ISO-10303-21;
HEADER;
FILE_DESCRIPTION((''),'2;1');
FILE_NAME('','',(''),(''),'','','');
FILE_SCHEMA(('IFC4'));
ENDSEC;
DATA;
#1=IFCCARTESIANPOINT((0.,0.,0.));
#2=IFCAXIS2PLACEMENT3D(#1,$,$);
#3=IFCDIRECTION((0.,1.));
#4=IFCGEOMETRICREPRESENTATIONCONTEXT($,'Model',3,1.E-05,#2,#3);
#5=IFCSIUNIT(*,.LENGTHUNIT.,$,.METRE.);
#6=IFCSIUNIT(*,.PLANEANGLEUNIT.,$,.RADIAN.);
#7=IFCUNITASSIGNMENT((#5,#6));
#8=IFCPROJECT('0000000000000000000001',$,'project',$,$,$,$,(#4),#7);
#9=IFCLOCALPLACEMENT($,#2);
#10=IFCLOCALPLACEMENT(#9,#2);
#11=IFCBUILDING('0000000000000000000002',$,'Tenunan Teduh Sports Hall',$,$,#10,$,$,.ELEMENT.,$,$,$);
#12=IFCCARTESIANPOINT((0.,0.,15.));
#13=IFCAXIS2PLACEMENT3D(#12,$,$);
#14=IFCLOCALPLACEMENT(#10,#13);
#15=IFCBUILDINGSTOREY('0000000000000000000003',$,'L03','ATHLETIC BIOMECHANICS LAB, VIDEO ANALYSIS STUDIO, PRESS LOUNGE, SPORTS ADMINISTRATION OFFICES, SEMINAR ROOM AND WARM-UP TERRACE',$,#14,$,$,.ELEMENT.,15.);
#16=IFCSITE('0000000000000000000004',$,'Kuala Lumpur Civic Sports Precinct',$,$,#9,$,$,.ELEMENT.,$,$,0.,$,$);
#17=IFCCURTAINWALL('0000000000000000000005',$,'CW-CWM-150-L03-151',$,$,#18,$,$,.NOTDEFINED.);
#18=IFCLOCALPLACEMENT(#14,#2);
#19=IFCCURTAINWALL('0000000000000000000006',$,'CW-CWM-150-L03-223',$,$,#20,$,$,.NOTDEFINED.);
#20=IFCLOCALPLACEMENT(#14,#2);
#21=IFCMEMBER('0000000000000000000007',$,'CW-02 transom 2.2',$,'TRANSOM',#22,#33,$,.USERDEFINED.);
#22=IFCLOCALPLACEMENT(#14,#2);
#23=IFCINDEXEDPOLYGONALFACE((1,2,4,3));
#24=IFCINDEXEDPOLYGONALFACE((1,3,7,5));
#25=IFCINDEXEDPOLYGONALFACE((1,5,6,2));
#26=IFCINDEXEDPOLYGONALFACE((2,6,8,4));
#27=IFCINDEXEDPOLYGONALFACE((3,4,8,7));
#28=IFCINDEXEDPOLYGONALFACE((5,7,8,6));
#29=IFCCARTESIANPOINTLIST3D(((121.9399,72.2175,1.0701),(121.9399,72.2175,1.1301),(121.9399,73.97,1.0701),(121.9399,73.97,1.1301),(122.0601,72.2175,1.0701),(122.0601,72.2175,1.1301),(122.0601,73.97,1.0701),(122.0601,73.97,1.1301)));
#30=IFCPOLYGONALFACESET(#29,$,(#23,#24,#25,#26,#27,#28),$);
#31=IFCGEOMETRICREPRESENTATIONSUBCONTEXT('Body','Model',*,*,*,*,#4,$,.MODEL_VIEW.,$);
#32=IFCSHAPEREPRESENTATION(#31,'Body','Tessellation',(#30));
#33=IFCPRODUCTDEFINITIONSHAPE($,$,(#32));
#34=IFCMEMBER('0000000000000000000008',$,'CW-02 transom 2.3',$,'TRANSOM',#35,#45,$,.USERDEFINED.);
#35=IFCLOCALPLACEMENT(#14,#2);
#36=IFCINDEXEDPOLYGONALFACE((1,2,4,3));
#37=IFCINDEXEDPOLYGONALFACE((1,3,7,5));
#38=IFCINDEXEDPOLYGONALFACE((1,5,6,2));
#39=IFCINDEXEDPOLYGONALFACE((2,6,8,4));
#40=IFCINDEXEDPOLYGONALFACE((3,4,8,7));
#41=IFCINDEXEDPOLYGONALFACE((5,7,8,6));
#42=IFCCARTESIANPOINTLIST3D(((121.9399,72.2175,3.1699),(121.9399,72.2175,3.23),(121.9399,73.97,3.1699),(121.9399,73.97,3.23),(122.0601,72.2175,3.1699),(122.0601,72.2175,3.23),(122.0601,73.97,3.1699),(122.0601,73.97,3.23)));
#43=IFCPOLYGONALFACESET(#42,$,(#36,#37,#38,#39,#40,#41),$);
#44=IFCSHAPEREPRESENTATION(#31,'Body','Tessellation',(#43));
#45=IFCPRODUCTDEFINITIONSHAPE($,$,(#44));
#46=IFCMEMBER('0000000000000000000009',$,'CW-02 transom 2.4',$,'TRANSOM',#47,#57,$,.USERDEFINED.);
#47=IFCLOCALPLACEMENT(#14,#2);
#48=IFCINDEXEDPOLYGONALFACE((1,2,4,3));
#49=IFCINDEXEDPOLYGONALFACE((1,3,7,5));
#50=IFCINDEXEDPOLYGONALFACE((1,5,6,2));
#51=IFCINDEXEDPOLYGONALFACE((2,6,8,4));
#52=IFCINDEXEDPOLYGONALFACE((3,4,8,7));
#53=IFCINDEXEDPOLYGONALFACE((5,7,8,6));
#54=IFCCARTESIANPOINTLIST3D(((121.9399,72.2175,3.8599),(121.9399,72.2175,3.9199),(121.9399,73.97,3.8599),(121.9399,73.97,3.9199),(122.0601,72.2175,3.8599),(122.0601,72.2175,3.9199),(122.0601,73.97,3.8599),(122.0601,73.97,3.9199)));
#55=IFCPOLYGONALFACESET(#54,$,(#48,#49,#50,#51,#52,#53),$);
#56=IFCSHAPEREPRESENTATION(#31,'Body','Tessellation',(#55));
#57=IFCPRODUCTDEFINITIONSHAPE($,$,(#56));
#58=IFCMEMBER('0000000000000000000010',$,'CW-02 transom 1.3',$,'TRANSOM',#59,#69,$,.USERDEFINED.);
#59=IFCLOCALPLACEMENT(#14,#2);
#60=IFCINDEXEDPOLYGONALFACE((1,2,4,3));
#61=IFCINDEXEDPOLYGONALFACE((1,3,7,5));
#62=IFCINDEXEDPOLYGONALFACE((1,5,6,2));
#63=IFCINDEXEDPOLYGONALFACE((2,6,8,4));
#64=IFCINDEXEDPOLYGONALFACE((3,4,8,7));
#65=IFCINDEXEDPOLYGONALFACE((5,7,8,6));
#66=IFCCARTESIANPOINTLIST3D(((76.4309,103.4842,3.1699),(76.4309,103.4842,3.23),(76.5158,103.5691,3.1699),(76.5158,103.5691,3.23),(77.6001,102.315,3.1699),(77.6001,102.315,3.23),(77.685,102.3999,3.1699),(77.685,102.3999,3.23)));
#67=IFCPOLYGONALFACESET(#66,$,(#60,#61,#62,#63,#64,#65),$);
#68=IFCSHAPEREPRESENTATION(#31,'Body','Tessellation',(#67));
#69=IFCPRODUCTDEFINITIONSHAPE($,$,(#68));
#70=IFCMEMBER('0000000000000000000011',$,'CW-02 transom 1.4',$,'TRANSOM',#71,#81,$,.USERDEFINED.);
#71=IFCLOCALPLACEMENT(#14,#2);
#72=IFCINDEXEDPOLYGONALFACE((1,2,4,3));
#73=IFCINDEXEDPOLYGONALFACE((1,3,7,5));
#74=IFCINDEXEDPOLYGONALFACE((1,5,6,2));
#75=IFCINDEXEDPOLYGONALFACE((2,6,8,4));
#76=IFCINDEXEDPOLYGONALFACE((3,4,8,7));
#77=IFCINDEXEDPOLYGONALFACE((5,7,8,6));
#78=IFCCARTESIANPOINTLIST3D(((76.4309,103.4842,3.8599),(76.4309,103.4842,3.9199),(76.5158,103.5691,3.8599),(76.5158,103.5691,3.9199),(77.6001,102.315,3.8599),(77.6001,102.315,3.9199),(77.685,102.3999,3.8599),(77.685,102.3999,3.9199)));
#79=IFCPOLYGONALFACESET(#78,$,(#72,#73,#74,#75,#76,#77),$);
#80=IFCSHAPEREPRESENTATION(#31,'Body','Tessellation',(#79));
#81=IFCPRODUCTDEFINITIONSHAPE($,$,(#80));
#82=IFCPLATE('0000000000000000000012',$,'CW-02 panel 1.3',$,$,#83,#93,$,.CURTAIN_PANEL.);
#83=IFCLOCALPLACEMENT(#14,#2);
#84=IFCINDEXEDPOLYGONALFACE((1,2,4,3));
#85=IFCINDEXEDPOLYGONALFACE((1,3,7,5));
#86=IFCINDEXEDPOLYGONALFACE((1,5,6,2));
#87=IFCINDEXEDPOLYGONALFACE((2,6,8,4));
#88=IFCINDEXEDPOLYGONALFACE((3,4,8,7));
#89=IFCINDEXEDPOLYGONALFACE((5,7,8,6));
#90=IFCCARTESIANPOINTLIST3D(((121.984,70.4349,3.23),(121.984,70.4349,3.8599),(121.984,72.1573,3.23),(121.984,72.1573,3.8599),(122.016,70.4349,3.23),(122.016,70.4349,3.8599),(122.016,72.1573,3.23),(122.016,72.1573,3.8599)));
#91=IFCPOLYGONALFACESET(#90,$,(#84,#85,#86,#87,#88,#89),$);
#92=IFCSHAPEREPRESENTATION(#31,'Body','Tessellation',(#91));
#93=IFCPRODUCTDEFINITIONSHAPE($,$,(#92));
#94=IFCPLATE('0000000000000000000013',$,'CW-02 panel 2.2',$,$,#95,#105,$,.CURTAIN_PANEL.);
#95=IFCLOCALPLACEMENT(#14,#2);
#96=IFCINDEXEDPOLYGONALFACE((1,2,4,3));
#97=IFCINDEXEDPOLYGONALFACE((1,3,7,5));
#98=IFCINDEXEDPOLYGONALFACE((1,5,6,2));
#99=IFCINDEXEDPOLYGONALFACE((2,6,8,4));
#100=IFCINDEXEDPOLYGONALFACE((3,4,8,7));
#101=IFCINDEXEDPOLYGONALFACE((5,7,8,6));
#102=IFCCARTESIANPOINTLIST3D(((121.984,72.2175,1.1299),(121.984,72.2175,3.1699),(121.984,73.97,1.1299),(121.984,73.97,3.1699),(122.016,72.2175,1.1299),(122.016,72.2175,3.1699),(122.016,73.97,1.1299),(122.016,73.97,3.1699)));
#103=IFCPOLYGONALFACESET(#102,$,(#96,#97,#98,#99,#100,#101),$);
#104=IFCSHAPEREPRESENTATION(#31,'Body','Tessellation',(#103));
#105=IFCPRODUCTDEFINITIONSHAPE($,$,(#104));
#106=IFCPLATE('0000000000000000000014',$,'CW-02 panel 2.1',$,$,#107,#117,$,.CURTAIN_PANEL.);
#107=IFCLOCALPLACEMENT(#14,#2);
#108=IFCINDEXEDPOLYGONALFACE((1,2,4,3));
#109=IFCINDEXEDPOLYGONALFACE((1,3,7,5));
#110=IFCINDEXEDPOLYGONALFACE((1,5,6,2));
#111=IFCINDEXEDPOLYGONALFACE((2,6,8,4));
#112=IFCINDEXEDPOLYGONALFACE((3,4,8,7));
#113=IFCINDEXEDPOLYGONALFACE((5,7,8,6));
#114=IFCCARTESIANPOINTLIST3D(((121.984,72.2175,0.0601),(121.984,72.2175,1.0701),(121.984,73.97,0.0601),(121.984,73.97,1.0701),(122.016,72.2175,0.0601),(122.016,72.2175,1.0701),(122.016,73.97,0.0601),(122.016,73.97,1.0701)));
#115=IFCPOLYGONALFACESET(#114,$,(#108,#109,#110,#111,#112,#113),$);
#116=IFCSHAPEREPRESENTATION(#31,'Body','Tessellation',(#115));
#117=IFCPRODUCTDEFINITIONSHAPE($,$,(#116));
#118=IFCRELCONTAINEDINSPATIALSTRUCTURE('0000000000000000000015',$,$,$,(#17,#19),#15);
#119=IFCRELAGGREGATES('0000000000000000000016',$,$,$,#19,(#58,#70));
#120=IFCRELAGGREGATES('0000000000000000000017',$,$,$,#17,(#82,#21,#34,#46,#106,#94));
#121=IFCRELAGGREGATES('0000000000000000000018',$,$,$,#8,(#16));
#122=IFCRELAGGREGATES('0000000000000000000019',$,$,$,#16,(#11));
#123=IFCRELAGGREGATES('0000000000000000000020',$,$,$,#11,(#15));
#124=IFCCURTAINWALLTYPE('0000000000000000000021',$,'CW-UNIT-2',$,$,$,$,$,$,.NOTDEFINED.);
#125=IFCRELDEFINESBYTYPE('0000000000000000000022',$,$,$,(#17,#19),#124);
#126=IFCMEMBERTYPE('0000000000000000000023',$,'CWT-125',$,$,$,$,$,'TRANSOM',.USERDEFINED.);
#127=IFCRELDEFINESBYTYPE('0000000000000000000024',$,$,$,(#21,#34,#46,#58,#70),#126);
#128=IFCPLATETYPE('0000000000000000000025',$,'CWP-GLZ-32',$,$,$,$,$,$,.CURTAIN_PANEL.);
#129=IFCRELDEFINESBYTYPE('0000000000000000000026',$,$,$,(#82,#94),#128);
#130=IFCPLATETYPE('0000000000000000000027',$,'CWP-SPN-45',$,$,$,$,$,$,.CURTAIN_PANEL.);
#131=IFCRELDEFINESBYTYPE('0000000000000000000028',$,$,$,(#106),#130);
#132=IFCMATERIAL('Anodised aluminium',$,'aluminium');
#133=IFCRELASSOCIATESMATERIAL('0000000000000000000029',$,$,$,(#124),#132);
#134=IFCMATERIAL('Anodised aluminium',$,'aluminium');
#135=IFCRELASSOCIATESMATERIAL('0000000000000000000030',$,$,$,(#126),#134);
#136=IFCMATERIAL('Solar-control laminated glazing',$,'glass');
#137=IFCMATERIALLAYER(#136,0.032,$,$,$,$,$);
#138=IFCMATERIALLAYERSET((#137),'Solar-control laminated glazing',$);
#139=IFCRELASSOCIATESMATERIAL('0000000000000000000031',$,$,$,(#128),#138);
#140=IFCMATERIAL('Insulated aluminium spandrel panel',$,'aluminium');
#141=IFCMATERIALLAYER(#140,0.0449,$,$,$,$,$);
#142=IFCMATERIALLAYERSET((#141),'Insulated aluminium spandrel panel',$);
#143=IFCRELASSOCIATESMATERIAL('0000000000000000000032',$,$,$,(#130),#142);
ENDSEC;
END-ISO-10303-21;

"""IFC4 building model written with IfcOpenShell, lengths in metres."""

from ifc_helpers import new_model, si_unit, direction, frame, origin, origin_2d, place, context, subcontext, project, spatial, rectangle, extrude, material, layer, layer_set, material_profile, profile_set, type_object, element, aggregate, save


model = new_model("IFC4")

# Units and contexts
model_context = context("Model", 3, precision=1e-05, world=origin(), true_north=direction((0.0, 1.0)))
body_context = subcontext(model_context, "Body", "Model", "MODEL_VIEW")
ifc_project = project(units=[si_unit("LENGTHUNIT", "METRE"), si_unit("PLANEANGLEUNIT", "RADIAN")], contexts=[model_context])

# Site, building, storey
site_placement = place(None, origin())
site = spatial("IfcSite", under=ifc_project, at=site_placement, Name="Kuala Lumpur Civic Sports Precinct", CompositionType="ELEMENT", RefElevation=0.0)
building_placement = place(site_placement, origin())
building = spatial("IfcBuilding", under=site, at=building_placement, Name="Tenunan Teduh Sports Hall", CompositionType="ELEMENT")
storey_placement = place(building_placement, frame((0.0, 0.0, 15.0)))
storey = spatial("IfcBuildingStorey", under=building, at=storey_placement, Name="L03", Description="ATHLETIC BIOMECHANICS LAB, VIDEO ANALYSIS STUDIO, PRESS LOUNGE, SPORTS ADMINISTRATION OFFICES, SEMINAR ROOM AND WARM-UP TERRACE", CompositionType="ELEMENT", Elevation=15.0)

# Curtain walls
ifc_material_1 = material(Name="Anodised aluminium", Category="aluminium")
curtain_wall_type = type_object("IfcCurtainWallType", Name="CW-UNIT-2", PredefinedType="NOTDEFINED", material=ifc_material_1)
curtain_wall_1_placement = place(storey_placement, origin())
curtain_wall_1 = element("IfcCurtainWall", 1, at=curtain_wall_1_placement, inside=storey, type_object=curtain_wall_type, Name="CW-CWM-150-L03-151", PredefinedType="NOTDEFINED")
curtain_wall_2_placement = place(storey_placement, origin())
curtain_wall_2 = element("IfcCurtainWall", 2, at=curtain_wall_2_placement, inside=storey, type_object=curtain_wall_type, Name="CW-CWM-150-L03-223", PredefinedType="NOTDEFINED")

# Members
ifc_material_2 = material(Name="Anodised aluminium", Category="aluminium")
ifc_material_profile_1 = material_profile(ifc_material_2, rectangle(XDim=0.0601, YDim=0.1201, at=origin_2d()), Name="CWT 60x120")
ifc_profile_set_1 = profile_set([ifc_material_profile_1], Name="Anodised aluminium")
member_type_1 = type_object("IfcMemberType", Name="CWT-125", ElementType="TRANSOM", PredefinedType="USERDEFINED", material=ifc_profile_set_1)
member_1_placement = place(storey_placement, frame((122.0, 72.2175, 1.1001), z_axis=(0.0, 1.0, 0.0), x_axis=(0.0, 0.0, 1.0)))
member_1 = element("IfcMember", 3, at=member_1_placement, type_object=member_type_1, Name="CW-02 transom 2.2", ObjectType="TRANSOM", PredefinedType="USERDEFINED", context=body_context, shape_type="SweptSolid", body=[
    extrude(rectangle(XDim=0.0601, YDim=0.1201, at=origin_2d()), origin(), (0.0, 0.0, 1.0), 1.7524),
])
member_2_placement = place(storey_placement, frame((122.0, 72.2175, 3.2), z_axis=(0.0, 1.0, 0.0), x_axis=(0.0, 0.0, 1.0)))
member_2 = element("IfcMember", 4, at=member_2_placement, type_object=member_type_1, Name="CW-02 transom 2.3", ObjectType="TRANSOM", PredefinedType="USERDEFINED", context=body_context, shape_type="SweptSolid", body=[
    extrude(rectangle(XDim=0.0601, YDim=0.1201, at=origin_2d()), origin(), (0.0, 0.0, 1.0), 1.7524),
])
member_3_placement = place(storey_placement, frame((122.0, 72.2175, 3.8899), z_axis=(0.0, 1.0, 0.0), x_axis=(0.0, 0.0, 1.0)))
member_3 = element("IfcMember", 5, at=member_3_placement, type_object=member_type_1, Name="CW-02 transom 2.4", ObjectType="TRANSOM", PredefinedType="USERDEFINED", context=body_context, shape_type="SweptSolid", body=[
    extrude(rectangle(XDim=0.0601, YDim=0.1201, at=origin_2d()), origin(), (0.0, 0.0, 1.0), 1.7524),
])
member_4_placement = place(storey_placement, frame((77.6426, 102.3574, 3.2), z_axis=(-0.707107, 0.707107, 0.0), x_axis=(0.0, 0.0, 1.0)))
member_4 = element("IfcMember", 6, at=member_4_placement, type_object=member_type_1, Name="CW-02 transom 1.3", ObjectType="TRANSOM", PredefinedType="USERDEFINED", context=body_context, shape_type="SweptSolid", body=[
    extrude(rectangle(XDim=0.0601, YDim=0.1201, at=origin_2d()), origin(), (0.0, 0.0, 1.0), 1.6536),
])
member_5_placement = place(storey_placement, frame((77.6426, 102.3574, 3.8899), z_axis=(-0.707107, 0.707107, 0.0), x_axis=(0.0, 0.0, 1.0)))
member_5 = element("IfcMember", 7, at=member_5_placement, type_object=member_type_1, Name="CW-02 transom 1.4", ObjectType="TRANSOM", PredefinedType="USERDEFINED", context=body_context, shape_type="SweptSolid", body=[
    extrude(rectangle(XDim=0.0601, YDim=0.1201, at=origin_2d()), origin(), (0.0, 0.0, 1.0), 1.6536),
])
aggregate(curtain_wall_2, [member_4, member_5])

# Plates
ifc_material_3 = material(Name="Solar-control laminated glazing", Category="glass")
ifc_layer_1 = layer(ifc_material_3, 0.032)
ifc_layer_set_1 = layer_set([ifc_layer_1], Name="Solar-control laminated glazing")
plate_type_1 = type_object("IfcPlateType", Name="CWP-GLZ-32", PredefinedType="CURTAIN_PANEL", material=ifc_layer_set_1)
plate_1_placement = place(storey_placement, frame((122.0, 71.2961, 3.23), z_axis=(0.0, 0.0, 1.0), x_axis=(0.0, 1.0, 0.0)))
plate_1 = element("IfcPlate", 8, at=plate_1_placement, type_object=plate_type_1, Name="CW-02 panel 1.3", PredefinedType="CURTAIN_PANEL", context=body_context, shape_type="SweptSolid", body=[
    extrude(rectangle(XDim=1.7224, YDim=0.032, at=origin_2d()), origin(), (0.0, 0.0, 1.0), 0.6299),
])
plate_2_placement = place(storey_placement, frame((122.0, 73.0938, 1.1299), z_axis=(0.0, 0.0, 1.0), x_axis=(0.0, 1.0, 0.0)))
plate_2 = element("IfcPlate", 9, at=plate_2_placement, type_object=plate_type_1, Name="CW-02 panel 2.2", PredefinedType="CURTAIN_PANEL", context=body_context, shape_type="SweptSolid", body=[
    extrude(rectangle(XDim=1.7524, YDim=0.032, at=origin_2d()), origin(), (0.0, 0.0, 1.0), 2.04),
])
ifc_material_4 = material(Name="Insulated aluminium spandrel panel", Category="aluminium")
ifc_layer_2 = layer(ifc_material_4, 0.0449)
ifc_layer_set_2 = layer_set([ifc_layer_2], Name="Insulated aluminium spandrel panel")
plate_type_2 = type_object("IfcPlateType", Name="CWP-SPN-45", PredefinedType="CURTAIN_PANEL", material=ifc_layer_set_2)
plate_3_placement = place(storey_placement, frame((122.0, 73.0938, 0.0601), z_axis=(0.0, 0.0, 1.0), x_axis=(0.0, 1.0, 0.0)))
plate_3 = element("IfcPlate", 10, at=plate_3_placement, type_object=plate_type_2, Name="CW-02 panel 2.1", PredefinedType="CURTAIN_PANEL", context=body_context, shape_type="SweptSolid", body=[
    extrude(rectangle(XDim=1.7524, YDim=0.032, at=origin_2d()), origin(), (0.0, 0.0, 1.0), 1.01),
])
aggregate(curtain_wall_1, [plate_1, member_1, member_2, member_3, plate_3, plate_2])

save(model, "model.ifc")
